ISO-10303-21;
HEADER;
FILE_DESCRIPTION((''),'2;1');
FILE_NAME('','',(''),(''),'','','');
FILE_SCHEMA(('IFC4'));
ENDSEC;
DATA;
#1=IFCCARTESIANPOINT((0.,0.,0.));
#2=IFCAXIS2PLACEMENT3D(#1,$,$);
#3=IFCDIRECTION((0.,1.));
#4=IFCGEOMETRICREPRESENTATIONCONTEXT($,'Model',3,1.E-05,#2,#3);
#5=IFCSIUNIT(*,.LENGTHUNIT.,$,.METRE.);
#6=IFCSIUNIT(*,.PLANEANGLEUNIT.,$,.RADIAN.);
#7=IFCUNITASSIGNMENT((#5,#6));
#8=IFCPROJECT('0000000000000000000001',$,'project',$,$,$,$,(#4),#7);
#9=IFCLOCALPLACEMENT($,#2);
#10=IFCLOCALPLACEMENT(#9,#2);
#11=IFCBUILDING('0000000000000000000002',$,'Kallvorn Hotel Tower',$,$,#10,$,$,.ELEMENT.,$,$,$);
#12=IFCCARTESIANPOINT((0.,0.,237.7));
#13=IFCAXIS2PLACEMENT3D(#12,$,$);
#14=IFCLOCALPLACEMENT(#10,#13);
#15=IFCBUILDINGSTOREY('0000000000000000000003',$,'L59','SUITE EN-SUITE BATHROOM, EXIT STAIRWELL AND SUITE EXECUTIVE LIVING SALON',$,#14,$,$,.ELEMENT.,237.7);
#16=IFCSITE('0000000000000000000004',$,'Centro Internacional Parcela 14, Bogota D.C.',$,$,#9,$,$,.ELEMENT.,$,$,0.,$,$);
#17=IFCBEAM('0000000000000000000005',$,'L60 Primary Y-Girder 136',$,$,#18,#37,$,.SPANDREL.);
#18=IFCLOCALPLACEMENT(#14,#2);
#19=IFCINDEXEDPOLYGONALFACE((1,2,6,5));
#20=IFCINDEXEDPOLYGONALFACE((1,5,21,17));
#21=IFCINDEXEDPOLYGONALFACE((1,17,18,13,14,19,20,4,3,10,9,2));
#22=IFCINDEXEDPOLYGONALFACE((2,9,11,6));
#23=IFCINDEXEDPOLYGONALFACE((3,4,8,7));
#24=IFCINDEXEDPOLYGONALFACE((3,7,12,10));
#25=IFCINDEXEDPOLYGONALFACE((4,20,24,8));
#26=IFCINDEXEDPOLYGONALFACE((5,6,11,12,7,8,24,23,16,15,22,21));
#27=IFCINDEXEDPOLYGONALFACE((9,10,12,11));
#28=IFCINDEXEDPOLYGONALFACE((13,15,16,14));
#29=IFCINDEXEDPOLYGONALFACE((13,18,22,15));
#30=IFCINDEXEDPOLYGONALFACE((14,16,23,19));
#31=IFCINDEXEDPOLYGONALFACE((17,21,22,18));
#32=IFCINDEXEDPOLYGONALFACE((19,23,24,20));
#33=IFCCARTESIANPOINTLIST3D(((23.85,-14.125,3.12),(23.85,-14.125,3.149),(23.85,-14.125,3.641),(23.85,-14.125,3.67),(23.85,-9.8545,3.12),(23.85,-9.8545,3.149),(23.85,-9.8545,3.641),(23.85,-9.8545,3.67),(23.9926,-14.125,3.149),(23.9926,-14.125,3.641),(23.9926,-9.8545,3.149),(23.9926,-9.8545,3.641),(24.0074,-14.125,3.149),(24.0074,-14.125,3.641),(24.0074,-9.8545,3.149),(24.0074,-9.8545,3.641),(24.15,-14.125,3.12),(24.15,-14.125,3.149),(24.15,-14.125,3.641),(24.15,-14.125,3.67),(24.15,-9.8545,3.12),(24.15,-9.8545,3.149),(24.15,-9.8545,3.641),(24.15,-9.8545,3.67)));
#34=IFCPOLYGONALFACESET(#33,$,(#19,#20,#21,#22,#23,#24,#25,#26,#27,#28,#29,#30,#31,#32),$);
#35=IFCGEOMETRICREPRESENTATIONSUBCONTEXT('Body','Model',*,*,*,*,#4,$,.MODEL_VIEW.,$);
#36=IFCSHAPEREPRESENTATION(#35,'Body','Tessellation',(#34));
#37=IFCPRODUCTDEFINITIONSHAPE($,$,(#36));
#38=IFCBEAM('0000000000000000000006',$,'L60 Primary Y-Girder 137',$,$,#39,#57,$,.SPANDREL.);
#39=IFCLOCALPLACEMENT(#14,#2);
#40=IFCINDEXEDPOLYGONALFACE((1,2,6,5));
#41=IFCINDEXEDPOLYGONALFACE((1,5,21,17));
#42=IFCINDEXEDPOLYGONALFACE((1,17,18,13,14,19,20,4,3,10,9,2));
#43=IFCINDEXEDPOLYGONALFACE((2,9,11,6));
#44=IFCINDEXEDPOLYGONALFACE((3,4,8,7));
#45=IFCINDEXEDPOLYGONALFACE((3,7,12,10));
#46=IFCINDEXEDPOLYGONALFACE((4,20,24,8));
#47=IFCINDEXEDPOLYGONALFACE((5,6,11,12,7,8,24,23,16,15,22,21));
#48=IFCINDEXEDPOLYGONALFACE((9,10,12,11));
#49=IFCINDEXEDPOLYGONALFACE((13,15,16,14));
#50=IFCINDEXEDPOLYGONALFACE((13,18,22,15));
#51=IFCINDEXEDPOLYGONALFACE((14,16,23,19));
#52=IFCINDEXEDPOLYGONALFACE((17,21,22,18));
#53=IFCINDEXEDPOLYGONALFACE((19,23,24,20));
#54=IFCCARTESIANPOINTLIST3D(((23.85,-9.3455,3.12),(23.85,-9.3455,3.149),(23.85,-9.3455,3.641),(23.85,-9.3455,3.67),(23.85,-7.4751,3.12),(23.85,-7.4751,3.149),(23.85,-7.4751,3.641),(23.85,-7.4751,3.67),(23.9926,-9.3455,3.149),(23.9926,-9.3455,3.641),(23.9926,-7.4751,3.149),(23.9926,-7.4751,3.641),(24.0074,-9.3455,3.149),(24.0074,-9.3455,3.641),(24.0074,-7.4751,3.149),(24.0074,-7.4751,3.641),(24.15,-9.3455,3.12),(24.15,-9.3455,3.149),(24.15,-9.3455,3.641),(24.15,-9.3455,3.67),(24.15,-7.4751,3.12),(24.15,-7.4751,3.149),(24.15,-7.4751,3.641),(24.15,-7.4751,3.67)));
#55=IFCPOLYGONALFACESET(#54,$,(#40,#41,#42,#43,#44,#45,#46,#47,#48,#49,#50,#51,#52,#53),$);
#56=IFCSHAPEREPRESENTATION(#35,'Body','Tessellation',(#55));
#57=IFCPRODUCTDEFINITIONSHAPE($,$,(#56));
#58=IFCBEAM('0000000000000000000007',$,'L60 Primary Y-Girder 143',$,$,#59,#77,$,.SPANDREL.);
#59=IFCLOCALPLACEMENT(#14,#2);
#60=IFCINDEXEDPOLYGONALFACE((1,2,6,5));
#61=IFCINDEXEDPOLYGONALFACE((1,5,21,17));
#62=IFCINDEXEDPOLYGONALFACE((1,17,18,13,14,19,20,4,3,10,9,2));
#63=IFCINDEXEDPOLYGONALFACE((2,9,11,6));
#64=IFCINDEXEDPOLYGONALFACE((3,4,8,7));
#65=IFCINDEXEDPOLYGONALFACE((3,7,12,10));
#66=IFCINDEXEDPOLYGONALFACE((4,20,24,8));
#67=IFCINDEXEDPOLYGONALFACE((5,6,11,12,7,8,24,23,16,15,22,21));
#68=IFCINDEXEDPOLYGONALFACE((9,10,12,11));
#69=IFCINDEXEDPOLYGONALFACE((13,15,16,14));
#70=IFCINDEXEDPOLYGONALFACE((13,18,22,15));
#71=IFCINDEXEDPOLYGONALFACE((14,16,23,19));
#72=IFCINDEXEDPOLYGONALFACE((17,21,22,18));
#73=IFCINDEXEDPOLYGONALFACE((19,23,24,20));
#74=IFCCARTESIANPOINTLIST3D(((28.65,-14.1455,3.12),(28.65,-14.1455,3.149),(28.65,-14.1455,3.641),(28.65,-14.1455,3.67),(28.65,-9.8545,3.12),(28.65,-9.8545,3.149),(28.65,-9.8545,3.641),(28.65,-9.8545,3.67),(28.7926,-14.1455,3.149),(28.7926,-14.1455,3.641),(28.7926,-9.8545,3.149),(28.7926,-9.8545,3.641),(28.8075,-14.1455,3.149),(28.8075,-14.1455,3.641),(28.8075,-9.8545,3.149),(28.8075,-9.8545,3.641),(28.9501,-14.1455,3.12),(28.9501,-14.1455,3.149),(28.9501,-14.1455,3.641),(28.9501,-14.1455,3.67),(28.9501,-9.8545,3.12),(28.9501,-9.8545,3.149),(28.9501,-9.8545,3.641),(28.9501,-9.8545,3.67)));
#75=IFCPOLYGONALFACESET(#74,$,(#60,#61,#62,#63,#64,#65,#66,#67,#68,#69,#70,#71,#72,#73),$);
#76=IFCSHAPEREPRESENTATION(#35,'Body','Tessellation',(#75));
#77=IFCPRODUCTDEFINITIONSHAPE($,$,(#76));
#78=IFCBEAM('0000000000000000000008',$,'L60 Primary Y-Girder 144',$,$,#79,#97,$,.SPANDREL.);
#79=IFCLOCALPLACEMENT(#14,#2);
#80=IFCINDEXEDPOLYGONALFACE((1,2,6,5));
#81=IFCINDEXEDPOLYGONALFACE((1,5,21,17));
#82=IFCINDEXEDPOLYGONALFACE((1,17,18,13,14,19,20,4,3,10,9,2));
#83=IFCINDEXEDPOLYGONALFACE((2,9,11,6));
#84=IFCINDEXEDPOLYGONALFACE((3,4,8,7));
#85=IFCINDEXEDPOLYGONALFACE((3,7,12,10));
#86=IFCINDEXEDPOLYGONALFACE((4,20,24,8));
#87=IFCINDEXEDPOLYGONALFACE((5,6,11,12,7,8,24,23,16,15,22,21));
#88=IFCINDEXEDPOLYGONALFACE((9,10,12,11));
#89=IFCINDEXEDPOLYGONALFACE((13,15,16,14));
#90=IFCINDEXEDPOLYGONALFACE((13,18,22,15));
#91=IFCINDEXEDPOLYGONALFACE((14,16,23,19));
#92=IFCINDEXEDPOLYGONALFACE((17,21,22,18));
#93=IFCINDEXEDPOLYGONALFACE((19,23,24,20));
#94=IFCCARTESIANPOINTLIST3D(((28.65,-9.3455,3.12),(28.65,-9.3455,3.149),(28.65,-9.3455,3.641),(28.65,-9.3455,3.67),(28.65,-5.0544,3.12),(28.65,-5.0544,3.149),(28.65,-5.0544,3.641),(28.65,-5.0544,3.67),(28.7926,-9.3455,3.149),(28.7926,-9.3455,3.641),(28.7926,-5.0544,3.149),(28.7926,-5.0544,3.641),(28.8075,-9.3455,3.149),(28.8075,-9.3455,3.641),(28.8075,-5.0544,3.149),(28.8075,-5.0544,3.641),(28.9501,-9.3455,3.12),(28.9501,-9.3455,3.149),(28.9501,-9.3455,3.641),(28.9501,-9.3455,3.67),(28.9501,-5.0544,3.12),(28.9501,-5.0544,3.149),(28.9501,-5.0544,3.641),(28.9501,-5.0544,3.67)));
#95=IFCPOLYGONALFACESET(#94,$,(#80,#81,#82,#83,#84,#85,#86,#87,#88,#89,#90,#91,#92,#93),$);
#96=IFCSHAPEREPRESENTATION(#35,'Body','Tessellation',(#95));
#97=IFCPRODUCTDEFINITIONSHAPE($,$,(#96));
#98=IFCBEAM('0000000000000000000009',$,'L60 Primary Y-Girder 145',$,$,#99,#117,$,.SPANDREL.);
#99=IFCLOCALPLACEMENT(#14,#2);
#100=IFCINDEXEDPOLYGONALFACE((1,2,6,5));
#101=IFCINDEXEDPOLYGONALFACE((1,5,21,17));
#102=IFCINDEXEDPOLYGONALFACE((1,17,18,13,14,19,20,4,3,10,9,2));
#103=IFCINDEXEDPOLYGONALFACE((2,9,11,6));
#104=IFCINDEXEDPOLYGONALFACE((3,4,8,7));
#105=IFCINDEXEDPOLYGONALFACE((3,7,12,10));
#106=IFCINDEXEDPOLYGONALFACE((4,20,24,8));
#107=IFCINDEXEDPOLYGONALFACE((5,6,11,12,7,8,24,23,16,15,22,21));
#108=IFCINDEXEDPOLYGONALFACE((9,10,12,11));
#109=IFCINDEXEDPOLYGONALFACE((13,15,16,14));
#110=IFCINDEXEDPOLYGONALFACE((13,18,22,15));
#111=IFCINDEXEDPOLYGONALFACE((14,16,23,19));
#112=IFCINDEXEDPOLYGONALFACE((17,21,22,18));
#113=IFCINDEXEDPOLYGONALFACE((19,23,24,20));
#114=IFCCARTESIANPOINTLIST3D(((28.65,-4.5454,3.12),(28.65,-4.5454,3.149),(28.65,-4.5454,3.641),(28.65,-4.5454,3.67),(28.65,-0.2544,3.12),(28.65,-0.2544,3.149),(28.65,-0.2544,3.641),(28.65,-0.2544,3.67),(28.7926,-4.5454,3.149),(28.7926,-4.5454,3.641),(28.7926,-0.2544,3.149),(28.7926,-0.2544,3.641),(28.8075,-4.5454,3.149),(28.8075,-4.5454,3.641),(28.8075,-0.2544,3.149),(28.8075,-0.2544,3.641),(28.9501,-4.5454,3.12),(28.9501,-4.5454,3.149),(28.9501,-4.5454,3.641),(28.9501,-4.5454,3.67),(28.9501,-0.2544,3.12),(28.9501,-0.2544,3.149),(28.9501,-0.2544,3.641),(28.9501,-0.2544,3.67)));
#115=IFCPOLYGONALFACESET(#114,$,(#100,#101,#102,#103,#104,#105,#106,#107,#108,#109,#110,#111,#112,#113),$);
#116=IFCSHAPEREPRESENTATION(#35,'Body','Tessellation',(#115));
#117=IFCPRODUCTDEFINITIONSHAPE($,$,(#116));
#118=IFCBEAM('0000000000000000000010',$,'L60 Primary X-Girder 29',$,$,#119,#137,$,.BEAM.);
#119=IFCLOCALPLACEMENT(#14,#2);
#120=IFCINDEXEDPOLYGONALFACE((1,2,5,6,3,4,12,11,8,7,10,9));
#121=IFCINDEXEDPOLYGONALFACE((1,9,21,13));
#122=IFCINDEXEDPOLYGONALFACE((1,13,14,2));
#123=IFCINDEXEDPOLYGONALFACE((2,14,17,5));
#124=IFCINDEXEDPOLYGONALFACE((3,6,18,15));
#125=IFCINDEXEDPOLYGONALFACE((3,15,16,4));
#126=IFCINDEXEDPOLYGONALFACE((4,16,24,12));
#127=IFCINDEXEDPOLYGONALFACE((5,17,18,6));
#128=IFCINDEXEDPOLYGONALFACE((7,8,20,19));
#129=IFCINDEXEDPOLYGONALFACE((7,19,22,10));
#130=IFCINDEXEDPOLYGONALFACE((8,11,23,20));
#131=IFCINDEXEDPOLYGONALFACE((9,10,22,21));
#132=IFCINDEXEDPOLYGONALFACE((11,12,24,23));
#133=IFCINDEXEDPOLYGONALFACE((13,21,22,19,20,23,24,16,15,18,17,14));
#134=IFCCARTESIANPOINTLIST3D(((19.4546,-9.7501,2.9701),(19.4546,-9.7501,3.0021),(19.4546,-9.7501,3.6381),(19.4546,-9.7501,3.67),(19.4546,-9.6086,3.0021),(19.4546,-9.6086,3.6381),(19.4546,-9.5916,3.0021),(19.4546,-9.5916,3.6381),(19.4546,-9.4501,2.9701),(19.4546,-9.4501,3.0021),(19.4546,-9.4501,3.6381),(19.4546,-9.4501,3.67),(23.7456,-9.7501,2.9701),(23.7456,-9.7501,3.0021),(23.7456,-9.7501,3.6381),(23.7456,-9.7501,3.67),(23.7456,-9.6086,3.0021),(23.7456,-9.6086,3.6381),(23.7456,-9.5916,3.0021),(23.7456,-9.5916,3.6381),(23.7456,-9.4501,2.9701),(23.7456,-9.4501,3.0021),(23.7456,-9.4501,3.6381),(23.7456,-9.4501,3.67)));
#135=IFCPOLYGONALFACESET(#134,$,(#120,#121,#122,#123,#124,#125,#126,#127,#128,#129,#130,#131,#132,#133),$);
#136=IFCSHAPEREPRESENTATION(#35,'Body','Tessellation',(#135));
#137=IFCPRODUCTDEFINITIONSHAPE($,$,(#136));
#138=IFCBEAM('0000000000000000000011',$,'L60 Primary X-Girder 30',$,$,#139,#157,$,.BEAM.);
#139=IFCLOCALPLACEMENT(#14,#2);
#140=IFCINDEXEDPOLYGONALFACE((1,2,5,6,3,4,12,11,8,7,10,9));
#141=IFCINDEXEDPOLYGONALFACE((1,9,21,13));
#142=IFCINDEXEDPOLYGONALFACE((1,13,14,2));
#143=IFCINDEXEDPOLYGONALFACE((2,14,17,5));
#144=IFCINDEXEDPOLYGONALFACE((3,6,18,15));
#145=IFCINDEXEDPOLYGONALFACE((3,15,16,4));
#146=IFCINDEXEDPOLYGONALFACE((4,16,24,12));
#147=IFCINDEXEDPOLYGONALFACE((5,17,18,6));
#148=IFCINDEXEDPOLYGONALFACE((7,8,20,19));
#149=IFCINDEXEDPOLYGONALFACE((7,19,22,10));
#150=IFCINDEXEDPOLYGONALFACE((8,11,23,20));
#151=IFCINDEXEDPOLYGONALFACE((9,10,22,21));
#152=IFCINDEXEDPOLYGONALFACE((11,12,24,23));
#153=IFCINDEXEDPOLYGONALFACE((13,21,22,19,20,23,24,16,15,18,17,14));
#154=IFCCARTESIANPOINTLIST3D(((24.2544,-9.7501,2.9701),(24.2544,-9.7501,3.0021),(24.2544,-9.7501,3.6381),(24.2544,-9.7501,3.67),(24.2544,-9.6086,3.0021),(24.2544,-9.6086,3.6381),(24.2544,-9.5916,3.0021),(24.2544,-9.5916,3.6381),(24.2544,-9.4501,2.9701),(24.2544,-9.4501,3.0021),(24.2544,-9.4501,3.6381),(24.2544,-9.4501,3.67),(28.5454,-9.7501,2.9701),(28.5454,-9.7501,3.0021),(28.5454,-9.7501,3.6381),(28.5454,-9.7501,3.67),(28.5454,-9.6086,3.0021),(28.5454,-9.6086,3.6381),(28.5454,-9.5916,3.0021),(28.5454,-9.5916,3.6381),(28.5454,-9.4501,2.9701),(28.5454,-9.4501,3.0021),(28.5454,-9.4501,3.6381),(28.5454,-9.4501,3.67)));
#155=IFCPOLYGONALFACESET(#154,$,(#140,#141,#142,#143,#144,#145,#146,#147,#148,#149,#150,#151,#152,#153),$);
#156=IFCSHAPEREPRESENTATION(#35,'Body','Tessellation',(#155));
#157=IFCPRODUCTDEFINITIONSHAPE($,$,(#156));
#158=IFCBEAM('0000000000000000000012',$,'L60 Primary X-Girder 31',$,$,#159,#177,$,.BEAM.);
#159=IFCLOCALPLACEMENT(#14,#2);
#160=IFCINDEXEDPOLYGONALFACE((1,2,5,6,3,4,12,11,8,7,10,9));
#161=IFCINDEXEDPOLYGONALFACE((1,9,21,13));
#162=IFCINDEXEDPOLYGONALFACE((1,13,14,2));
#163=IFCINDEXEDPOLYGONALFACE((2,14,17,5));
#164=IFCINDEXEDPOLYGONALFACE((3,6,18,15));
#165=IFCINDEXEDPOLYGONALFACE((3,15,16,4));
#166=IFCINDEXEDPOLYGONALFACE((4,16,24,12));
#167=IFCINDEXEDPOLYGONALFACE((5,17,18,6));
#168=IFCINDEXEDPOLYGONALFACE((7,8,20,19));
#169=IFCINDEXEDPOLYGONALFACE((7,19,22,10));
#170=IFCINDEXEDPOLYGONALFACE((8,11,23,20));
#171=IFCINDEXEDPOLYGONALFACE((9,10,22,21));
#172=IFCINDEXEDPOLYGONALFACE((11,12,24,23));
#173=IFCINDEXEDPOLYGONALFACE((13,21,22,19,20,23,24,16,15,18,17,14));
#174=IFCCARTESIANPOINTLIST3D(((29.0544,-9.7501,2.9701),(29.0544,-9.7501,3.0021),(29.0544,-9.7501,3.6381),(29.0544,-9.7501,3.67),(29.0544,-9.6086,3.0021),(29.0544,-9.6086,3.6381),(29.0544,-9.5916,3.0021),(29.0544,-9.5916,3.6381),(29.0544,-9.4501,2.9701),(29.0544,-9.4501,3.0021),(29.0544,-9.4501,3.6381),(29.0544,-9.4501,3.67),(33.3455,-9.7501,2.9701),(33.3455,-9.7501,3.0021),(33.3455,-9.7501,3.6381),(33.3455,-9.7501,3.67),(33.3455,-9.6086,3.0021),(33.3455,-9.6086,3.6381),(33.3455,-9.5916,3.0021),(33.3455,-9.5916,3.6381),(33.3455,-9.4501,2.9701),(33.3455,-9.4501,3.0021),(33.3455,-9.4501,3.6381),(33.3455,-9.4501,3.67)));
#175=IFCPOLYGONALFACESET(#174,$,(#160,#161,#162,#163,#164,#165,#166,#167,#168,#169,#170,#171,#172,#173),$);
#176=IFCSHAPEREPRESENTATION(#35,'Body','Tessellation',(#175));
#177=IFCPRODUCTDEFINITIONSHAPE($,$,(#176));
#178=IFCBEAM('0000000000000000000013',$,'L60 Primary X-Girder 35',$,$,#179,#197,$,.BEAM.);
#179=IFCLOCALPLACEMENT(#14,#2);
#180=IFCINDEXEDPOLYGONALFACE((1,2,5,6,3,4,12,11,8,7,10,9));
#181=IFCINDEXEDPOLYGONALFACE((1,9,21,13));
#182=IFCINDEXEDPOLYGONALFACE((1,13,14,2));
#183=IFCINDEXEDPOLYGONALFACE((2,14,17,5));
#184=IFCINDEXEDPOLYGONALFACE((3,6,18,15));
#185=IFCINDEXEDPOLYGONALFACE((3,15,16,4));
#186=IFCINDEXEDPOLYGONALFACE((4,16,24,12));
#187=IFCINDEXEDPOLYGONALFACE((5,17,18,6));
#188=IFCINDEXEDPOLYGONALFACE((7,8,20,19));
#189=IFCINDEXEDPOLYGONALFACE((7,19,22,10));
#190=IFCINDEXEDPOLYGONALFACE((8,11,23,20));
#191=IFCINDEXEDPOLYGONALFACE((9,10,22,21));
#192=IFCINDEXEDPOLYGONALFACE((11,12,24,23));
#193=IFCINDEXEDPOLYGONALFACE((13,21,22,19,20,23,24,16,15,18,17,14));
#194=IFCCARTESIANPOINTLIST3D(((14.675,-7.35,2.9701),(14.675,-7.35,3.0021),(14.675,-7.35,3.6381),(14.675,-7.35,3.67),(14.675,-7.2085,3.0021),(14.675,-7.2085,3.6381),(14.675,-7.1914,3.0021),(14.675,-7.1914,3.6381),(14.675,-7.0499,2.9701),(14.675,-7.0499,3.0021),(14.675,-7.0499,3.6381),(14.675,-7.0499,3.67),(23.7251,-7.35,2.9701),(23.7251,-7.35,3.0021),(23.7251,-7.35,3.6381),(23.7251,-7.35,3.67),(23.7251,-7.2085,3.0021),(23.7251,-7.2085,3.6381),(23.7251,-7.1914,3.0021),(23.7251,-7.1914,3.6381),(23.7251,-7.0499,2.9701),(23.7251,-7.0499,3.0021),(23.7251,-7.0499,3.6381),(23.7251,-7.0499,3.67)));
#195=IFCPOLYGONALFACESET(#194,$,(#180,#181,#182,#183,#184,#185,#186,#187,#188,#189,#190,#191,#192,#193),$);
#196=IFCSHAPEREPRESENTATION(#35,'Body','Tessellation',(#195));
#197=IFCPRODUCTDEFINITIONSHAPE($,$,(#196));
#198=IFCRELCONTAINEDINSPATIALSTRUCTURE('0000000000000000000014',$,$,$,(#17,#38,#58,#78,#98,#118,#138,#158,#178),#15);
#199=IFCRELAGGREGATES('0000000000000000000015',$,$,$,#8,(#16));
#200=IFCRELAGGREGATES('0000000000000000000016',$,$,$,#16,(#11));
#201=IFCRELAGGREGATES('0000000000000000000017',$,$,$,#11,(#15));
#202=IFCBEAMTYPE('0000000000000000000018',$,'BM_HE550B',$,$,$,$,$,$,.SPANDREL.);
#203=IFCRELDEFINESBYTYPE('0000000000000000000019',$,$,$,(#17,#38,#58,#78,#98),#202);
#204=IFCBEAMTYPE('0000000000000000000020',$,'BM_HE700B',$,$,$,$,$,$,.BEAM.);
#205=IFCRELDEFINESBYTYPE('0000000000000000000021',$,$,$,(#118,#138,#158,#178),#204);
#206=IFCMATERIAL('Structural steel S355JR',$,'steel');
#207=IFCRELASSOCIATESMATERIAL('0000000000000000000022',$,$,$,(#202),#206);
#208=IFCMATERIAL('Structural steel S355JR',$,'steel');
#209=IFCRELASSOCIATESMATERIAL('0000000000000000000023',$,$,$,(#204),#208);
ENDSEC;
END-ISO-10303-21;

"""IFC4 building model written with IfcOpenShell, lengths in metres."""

from ifc_helpers import new_model, si_unit, direction, frame, origin, origin_2d, place, context, subcontext, project, spatial, i_section, extrude, material, material_profile, profile_set, type_object, element, save


model = new_model("IFC4")

# Units and contexts
model_context = context("Model", 3, precision=1e-05, world=origin(), true_north=direction((0.0, 1.0)))
body_context = subcontext(model_context, "Body", "Model", "MODEL_VIEW")
ifc_project = project(units=[si_unit("LENGTHUNIT", "METRE"), si_unit("PLANEANGLEUNIT", "RADIAN")], contexts=[model_context])

# Site, building, storey
site_placement = place(None, origin())
site = spatial("IfcSite", under=ifc_project, at=site_placement, Name="Centro Internacional Parcela 14, Bogota D.C.", CompositionType="ELEMENT", RefElevation=0.0)
building_placement = place(site_placement, origin())
building = spatial("IfcBuilding", under=site, at=building_placement, Name="Kallvorn Hotel Tower", CompositionType="ELEMENT")
storey_placement = place(building_placement, frame((0.0, 0.0, 237.7)))
storey = spatial("IfcBuildingStorey", under=building, at=storey_placement, Name="L59", Description="SUITE EN-SUITE BATHROOM, EXIT STAIRWELL AND SUITE EXECUTIVE LIVING SALON", CompositionType="ELEMENT", Elevation=237.7)

# Beams
ifc_material_1 = material(Name="Structural steel S355JR", Category="steel")
ifc_material_profile_1 = material_profile(ifc_material_1, i_section(OverallWidth=0.3, OverallDepth=0.55, WebThickness=0.0149, FlangeThickness=0.0291, at=origin_2d()), Name="HE 550 B")
ifc_profile_set_1 = profile_set([ifc_material_profile_1], Name="Structural steel S355JR")
beam_type_1 = type_object("IfcBeamType", Name="BM_HE550B", PredefinedType="SPANDREL", material=ifc_profile_set_1)
beam_1_placement = place(storey_placement, frame((24.0, -14.125, 3.395), z_axis=(0.0, 1.0, 0.0), x_axis=(-1.0, 0.0, 0.0)))
element("IfcBeam", 1, at=beam_1_placement, inside=storey, type_object=beam_type_1, Name="L60 Primary Y-Girder 136", PredefinedType="SPANDREL", context=body_context, shape_type="SweptSolid", body=[
    extrude(i_section(OverallWidth=0.3, OverallDepth=0.55, WebThickness=0.0149, FlangeThickness=0.0291, at=origin_2d()), origin(), (0.0, 0.0, 1.0), 4.2705),
])
beam_2_placement = place(storey_placement, frame((24.0, -9.3455, 3.395), z_axis=(0.0, 1.0, 0.0), x_axis=(-1.0, 0.0, 0.0)))
element("IfcBeam", 2, at=beam_2_placement, inside=storey, type_object=beam_type_1, Name="L60 Primary Y-Girder 137", PredefinedType="SPANDREL", context=body_context, shape_type="SweptSolid", body=[
    extrude(i_section(OverallWidth=0.3, OverallDepth=0.55, WebThickness=0.0149, FlangeThickness=0.0291, at=origin_2d()), origin(), (0.0, 0.0, 1.0), 1.8704),
])
for number, where, z_axis, x_axis, name in (
    (3, (28.8, -14.1455, 3.395), (0.0, 1.0, 0.0), (-1.0, 0.0, 0.0), "L60 Primary Y-Girder 143"),
    (4, (28.8, -9.3455, 3.395), (0.0, 1.0, 0.0), (-1.0, 0.0, 0.0), "L60 Primary Y-Girder 144"),
    (5, (28.8, -4.5454, 3.395), (0.0, 1.0, 0.0), (-1.0, 0.0, 0.0), "L60 Primary Y-Girder 145"),
):
    element("IfcBeam", number, at=place(storey_placement, frame(where, z_axis=z_axis, x_axis=x_axis)), inside=storey, type_object=beam_type_1, Name=name, PredefinedType="SPANDREL", context=body_context, shape_type="SweptSolid", body=[
        extrude(i_section(OverallWidth=0.3, OverallDepth=0.55, WebThickness=0.0149, FlangeThickness=0.0291, at=origin_2d()), origin(), (0.0, 0.0, 1.0), 4.291),
    ])
ifc_material_2 = material(Name="Structural steel S355JR", Category="steel")
ifc_material_profile_2 = material_profile(ifc_material_2, i_section(OverallWidth=0.3, OverallDepth=0.7, WebThickness=0.0171, FlangeThickness=0.032, at=origin_2d()), Name="HE 700 B")
ifc_profile_set_2 = profile_set([ifc_material_profile_2], Name="Structural steel S355JR")
beam_type_2 = type_object("IfcBeamType", Name="BM_HE700B", PredefinedType="BEAM", material=ifc_profile_set_2)
for number, where, z_axis, x_axis, name in (
    (6, (19.4546, -9.6001, 3.3201), (1.0, 0.0, 0.0), (0.0, 1.0, 0.0), "L60 Primary X-Girder 29"),
    (7, (24.2544, -9.6001, 3.3201), (1.0, 0.0, 0.0), (0.0, 1.0, 0.0), "L60 Primary X-Girder 30"),
    (8, (29.0544, -9.6001, 3.3201), (1.0, 0.0, 0.0), (0.0, 1.0, 0.0), "L60 Primary X-Girder 31"),
):
    element("IfcBeam", number, at=place(storey_placement, frame(where, z_axis=z_axis, x_axis=x_axis)), inside=storey, type_object=beam_type_2, Name=name, PredefinedType="BEAM", context=body_context, shape_type="SweptSolid", body=[
        extrude(i_section(OverallWidth=0.3, OverallDepth=0.7, WebThickness=0.0171, FlangeThickness=0.032, at=origin_2d()), origin(), (0.0, 0.0, 1.0), 4.291),
    ])
beam_3_placement = place(storey_placement, frame((14.675, -7.2, 3.3201), z_axis=(1.0, 0.0, 0.0), x_axis=(0.0, 1.0, 0.0)))
element("IfcBeam", 9, at=beam_3_placement, inside=storey, type_object=beam_type_2, Name="L60 Primary X-Girder 35", PredefinedType="BEAM", context=body_context, shape_type="SweptSolid", body=[
    extrude(i_section(OverallWidth=0.3, OverallDepth=0.7, WebThickness=0.0171, FlangeThickness=0.032, at=origin_2d()), origin(), (0.0, 0.0, 1.0), 9.05),
])

save(model, "model.ifc")
